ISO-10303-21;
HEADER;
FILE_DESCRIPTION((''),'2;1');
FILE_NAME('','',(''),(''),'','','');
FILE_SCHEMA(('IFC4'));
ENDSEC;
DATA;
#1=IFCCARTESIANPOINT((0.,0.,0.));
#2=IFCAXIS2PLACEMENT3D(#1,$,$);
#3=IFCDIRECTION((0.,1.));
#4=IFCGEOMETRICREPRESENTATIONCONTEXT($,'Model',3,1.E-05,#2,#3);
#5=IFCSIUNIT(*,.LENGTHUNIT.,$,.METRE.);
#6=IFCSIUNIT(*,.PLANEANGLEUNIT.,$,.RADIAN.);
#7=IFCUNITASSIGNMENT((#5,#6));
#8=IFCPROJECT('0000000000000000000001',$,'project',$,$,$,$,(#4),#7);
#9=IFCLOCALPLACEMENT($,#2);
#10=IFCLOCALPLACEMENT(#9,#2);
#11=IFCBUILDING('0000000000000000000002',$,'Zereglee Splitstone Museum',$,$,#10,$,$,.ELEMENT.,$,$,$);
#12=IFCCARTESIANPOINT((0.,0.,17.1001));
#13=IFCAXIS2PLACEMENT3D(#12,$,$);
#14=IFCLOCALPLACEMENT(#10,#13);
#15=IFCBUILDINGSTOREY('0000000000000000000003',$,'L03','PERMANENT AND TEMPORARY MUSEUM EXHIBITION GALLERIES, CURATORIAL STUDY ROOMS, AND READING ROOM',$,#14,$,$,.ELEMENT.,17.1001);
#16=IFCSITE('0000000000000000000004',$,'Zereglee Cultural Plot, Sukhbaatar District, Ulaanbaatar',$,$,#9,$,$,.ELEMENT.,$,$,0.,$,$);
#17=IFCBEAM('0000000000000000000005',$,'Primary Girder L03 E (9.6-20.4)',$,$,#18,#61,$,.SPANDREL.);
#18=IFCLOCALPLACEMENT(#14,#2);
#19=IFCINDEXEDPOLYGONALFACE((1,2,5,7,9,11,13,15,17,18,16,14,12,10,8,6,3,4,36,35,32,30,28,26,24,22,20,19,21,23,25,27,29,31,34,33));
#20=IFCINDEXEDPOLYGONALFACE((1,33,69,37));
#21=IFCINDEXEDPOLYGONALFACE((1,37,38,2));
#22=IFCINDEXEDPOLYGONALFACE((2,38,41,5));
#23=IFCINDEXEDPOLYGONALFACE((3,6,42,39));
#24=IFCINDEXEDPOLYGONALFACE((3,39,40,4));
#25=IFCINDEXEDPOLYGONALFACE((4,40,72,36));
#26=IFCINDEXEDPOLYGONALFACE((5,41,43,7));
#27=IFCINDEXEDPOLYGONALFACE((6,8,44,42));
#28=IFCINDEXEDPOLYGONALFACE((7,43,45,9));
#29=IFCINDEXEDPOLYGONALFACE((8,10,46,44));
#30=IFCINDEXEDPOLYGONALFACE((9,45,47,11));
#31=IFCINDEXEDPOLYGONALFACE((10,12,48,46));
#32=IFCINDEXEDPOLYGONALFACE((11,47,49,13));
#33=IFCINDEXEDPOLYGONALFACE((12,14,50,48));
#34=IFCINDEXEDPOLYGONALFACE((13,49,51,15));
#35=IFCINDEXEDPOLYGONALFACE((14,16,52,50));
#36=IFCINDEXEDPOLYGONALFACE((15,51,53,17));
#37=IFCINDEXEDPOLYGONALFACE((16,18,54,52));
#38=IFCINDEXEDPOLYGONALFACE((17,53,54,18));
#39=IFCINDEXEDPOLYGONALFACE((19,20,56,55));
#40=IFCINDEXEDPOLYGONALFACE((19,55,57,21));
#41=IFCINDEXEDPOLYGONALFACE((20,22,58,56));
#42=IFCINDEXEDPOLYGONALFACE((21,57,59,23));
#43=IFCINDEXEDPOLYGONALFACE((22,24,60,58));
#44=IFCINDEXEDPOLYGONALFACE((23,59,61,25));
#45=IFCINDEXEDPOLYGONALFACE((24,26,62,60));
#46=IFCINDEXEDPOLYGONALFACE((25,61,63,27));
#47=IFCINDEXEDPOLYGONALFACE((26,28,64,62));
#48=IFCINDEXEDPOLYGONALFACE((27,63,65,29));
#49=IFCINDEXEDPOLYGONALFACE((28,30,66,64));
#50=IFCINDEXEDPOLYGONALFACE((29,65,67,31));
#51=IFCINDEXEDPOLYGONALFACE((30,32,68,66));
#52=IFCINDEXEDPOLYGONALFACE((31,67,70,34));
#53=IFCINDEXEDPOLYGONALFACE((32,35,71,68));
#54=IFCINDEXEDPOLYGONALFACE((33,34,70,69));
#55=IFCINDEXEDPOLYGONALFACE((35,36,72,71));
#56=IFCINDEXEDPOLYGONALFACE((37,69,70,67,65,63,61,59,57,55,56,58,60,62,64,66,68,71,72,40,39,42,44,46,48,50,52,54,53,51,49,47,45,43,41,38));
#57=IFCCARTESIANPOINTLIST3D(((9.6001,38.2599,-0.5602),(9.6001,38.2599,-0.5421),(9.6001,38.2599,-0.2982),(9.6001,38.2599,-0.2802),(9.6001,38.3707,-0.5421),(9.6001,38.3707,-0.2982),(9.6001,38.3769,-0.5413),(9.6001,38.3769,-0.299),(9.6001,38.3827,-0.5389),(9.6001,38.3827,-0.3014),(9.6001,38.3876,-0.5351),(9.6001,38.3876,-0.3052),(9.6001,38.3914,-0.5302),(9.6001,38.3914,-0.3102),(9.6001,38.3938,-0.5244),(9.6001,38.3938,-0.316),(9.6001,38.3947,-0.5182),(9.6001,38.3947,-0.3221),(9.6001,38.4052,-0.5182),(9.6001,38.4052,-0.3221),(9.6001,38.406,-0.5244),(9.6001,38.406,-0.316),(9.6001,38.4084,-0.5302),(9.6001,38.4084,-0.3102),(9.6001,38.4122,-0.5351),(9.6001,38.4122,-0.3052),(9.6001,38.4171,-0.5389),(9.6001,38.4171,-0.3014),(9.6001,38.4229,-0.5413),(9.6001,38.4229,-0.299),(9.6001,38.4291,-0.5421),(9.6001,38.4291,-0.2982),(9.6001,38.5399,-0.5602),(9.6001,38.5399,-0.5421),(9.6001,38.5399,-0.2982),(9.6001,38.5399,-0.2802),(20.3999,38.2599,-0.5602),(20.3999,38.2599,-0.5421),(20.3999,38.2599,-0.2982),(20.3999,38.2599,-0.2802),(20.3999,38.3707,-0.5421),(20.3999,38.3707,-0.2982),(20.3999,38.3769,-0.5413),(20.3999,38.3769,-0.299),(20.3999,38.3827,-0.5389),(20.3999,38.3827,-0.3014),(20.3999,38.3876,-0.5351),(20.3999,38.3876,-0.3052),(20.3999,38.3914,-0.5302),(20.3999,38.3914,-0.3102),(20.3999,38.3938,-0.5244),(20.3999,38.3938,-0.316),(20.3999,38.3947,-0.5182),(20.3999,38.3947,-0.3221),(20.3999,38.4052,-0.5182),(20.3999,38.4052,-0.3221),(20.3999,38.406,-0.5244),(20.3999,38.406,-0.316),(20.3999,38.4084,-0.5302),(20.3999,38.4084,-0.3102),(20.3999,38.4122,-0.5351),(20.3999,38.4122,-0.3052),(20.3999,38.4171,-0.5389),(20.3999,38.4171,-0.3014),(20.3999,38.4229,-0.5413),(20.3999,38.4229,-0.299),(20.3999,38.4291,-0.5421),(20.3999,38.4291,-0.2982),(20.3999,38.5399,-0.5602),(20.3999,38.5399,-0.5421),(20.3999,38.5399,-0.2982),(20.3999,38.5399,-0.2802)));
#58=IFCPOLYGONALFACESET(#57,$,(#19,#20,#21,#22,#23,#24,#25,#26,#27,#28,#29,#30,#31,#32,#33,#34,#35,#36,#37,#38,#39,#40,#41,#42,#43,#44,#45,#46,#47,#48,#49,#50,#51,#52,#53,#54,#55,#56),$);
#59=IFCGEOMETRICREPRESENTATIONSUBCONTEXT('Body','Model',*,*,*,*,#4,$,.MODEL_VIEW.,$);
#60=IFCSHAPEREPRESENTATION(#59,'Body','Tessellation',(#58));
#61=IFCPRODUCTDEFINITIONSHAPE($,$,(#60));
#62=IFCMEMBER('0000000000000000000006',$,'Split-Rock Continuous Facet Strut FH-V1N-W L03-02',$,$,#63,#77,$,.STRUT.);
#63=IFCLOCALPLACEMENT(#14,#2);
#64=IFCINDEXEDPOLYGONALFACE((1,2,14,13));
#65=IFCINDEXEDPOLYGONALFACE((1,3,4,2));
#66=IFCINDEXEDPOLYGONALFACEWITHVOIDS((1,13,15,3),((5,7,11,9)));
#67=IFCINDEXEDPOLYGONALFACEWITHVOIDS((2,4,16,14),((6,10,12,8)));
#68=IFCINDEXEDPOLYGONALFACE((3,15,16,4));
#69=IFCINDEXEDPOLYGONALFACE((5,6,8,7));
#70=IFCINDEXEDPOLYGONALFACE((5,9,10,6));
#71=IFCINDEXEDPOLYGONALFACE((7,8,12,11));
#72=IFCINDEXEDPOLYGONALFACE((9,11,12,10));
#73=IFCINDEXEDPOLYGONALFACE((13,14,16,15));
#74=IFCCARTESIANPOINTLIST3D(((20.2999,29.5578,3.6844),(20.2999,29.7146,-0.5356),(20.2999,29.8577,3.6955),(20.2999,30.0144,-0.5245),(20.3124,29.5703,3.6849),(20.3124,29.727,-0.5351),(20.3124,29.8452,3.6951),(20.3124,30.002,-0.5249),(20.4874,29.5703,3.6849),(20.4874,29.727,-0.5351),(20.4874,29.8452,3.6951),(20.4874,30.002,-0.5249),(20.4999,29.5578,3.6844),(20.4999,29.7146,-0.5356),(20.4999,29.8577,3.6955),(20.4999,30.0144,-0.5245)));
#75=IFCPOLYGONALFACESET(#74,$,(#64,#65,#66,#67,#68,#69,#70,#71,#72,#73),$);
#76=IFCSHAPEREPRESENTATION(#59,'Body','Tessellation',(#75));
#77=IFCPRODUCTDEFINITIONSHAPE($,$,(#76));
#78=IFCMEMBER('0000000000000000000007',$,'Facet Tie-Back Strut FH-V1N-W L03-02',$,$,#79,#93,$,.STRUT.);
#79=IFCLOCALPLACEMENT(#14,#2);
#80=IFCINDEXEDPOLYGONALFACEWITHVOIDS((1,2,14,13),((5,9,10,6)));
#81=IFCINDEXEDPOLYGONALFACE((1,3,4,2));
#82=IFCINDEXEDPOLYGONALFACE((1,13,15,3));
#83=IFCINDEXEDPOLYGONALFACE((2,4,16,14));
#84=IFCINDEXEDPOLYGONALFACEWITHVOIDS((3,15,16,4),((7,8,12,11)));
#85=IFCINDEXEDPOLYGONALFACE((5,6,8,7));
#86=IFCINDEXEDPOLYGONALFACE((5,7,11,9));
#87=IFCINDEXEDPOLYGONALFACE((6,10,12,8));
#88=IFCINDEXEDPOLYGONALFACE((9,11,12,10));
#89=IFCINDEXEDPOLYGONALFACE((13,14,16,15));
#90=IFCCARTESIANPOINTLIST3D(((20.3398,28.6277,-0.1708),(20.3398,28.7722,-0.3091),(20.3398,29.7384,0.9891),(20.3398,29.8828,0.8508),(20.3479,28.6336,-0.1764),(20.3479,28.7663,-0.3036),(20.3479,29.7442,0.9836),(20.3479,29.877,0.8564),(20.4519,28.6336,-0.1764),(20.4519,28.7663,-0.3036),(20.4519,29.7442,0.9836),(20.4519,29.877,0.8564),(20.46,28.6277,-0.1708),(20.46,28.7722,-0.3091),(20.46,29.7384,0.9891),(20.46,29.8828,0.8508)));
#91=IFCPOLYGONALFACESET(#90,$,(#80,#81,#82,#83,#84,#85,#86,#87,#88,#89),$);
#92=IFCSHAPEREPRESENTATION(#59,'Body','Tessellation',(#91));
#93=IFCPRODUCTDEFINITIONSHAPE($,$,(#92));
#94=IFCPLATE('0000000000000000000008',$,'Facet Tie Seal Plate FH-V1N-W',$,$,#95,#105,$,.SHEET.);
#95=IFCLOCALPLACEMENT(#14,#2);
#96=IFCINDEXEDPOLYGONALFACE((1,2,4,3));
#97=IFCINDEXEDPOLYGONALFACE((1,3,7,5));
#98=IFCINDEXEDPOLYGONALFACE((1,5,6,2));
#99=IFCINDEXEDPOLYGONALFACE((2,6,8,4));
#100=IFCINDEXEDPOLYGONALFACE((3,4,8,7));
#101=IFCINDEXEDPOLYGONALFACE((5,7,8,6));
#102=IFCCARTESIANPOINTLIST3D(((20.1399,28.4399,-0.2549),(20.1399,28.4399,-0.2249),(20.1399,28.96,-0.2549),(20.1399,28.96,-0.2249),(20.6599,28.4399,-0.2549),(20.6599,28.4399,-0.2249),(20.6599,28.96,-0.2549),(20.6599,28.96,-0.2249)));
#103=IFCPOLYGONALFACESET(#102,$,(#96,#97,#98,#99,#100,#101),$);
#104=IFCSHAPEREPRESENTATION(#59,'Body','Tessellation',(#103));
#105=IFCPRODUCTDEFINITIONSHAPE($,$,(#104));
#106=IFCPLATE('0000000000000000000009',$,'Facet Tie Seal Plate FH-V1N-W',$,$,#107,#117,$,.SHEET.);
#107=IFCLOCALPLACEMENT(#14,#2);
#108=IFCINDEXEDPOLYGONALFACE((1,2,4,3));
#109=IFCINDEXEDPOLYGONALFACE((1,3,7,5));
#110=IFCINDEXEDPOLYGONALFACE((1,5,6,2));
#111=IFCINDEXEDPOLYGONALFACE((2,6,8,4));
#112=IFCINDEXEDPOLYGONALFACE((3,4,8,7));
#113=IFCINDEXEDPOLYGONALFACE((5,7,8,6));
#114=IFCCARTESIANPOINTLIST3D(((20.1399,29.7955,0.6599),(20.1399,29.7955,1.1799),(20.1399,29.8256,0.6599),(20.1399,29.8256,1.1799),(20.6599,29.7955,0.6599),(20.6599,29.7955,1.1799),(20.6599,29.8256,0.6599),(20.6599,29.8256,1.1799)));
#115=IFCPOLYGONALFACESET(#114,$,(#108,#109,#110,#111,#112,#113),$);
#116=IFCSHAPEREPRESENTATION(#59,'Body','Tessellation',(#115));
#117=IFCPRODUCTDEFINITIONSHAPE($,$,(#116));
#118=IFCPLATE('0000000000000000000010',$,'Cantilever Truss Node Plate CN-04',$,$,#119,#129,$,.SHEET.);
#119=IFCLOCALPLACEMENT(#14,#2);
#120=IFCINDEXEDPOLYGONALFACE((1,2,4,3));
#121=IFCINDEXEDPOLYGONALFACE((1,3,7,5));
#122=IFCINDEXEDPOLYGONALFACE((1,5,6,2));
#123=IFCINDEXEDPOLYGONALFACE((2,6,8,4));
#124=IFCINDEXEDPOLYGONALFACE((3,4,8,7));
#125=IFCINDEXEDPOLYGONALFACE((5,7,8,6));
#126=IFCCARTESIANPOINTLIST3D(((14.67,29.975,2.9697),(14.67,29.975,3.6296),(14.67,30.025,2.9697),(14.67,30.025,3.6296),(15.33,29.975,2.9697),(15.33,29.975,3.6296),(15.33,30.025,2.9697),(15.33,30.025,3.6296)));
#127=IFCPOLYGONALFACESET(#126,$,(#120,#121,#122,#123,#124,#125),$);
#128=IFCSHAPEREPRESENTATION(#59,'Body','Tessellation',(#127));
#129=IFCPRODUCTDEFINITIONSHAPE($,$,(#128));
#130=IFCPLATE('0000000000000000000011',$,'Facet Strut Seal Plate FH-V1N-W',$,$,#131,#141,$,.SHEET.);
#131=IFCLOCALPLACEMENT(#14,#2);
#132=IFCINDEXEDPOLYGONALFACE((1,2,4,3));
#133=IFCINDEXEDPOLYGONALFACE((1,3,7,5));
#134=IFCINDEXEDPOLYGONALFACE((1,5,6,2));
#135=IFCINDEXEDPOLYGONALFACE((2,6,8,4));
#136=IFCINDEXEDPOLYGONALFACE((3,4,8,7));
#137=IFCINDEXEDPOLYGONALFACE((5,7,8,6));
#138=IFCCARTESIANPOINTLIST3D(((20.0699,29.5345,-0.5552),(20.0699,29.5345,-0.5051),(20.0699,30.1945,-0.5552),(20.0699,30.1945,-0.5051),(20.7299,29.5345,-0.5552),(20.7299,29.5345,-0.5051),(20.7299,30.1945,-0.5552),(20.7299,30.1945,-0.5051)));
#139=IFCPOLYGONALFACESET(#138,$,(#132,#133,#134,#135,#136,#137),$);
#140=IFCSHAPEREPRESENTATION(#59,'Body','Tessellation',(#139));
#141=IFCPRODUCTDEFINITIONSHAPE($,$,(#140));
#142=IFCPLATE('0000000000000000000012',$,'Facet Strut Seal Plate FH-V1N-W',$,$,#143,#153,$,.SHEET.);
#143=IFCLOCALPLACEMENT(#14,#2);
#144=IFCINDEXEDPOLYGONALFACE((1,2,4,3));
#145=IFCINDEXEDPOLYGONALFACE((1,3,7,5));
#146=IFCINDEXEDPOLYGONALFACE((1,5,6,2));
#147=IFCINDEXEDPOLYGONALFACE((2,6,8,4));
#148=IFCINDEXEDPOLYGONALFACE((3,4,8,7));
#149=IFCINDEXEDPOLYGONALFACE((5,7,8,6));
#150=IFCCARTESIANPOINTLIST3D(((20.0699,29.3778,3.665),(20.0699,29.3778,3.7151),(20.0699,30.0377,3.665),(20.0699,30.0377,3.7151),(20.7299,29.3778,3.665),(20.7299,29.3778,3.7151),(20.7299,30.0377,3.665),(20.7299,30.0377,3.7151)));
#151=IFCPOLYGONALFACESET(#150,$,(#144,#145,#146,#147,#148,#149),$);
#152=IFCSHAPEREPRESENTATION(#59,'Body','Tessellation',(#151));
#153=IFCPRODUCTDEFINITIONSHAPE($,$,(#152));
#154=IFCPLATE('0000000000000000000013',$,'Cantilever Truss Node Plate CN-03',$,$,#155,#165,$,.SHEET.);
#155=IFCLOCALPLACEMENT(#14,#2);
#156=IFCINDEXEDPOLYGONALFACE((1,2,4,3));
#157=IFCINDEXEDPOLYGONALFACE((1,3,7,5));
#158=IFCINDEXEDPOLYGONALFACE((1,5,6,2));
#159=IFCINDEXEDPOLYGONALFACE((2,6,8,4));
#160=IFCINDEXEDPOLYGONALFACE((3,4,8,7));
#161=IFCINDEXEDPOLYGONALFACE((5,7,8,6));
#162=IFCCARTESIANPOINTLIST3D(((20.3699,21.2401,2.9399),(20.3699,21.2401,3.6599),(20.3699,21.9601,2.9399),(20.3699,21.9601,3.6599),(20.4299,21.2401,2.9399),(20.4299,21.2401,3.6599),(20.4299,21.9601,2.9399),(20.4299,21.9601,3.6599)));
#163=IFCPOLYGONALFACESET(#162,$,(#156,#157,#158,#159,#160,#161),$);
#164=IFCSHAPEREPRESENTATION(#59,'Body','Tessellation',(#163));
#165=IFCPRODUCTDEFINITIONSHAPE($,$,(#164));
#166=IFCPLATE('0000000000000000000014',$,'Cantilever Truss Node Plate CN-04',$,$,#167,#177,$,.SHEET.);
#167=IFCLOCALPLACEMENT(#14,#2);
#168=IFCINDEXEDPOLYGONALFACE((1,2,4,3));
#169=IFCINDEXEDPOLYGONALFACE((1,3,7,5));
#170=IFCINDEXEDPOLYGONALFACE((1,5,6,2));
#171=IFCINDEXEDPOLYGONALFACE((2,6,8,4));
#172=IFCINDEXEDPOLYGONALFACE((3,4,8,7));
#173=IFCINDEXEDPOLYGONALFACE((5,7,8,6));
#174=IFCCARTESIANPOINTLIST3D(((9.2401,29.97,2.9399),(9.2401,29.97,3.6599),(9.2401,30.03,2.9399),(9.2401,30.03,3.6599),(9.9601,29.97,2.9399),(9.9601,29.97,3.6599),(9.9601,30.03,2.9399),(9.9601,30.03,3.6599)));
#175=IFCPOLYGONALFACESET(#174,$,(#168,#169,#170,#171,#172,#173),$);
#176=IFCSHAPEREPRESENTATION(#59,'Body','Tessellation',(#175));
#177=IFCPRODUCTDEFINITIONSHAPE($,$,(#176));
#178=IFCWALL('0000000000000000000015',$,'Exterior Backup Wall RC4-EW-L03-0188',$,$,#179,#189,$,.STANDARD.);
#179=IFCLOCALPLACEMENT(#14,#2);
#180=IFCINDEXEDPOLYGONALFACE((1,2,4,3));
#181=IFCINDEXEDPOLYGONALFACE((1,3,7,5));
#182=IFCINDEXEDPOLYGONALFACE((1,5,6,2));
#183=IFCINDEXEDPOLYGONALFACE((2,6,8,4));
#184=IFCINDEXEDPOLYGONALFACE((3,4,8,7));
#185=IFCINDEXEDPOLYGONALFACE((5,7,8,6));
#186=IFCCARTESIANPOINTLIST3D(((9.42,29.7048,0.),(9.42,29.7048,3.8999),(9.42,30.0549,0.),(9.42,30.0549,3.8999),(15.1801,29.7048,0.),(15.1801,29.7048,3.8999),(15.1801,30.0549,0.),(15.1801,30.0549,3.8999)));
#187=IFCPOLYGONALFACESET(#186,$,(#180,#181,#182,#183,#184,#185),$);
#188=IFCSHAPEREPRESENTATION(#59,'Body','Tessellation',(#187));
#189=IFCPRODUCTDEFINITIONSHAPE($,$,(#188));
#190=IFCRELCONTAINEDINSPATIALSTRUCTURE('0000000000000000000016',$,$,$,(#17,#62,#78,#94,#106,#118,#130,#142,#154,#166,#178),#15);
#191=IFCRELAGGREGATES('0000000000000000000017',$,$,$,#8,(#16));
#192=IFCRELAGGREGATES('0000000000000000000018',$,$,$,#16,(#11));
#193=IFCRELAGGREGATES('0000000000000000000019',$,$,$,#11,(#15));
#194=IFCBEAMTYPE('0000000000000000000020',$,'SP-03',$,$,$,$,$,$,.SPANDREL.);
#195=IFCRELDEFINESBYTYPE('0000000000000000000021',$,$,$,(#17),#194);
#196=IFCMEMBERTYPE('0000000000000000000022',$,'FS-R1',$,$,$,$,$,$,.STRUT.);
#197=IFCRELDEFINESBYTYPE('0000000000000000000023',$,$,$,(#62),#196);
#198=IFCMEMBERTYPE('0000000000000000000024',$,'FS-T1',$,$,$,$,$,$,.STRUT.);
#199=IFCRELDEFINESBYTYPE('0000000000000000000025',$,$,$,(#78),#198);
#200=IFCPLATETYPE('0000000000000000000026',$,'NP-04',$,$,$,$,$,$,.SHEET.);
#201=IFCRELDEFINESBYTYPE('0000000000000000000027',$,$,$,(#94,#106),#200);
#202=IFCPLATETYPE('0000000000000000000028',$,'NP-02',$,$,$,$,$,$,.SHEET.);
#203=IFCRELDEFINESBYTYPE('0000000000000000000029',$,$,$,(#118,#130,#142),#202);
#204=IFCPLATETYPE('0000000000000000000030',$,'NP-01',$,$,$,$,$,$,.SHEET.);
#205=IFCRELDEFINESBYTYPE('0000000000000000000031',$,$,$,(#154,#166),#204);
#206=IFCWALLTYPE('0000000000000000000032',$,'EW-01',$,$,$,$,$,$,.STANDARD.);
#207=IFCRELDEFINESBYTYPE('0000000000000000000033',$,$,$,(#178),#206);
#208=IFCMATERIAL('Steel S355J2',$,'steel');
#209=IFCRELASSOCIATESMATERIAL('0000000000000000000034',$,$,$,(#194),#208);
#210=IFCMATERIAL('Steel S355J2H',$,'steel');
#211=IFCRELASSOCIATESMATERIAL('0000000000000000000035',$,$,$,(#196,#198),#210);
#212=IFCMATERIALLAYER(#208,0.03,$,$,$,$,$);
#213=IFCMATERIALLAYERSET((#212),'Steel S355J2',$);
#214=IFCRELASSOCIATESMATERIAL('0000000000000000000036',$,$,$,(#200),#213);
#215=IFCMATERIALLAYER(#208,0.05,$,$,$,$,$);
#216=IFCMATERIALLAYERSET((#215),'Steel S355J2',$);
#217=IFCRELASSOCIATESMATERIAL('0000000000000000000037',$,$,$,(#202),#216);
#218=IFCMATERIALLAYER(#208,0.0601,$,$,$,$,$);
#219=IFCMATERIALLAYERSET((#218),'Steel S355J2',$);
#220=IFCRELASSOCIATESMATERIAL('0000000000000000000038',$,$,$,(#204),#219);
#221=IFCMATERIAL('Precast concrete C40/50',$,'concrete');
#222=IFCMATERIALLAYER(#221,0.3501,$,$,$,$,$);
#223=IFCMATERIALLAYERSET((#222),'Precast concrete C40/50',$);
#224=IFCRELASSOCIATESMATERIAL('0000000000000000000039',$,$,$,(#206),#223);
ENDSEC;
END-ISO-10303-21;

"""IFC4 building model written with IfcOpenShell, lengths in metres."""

from ifc_helpers import new_model, si_unit, direction, frame, frame_2d, origin, origin_2d, place, context, subcontext, project, spatial, rectangle, hollow_rectangle, i_section, extrude, material, layer, layer_set, material_profile, profile_set, type_object, element, save


model = new_model("IFC4")

# Units and contexts
model_context = context("Model", 3, precision=1e-05, world=origin(), true_north=direction((0.0, 1.0)))
body_context = subcontext(model_context, "Body", "Model", "MODEL_VIEW")
ifc_project = project(units=[si_unit("LENGTHUNIT", "METRE"), si_unit("PLANEANGLEUNIT", "RADIAN")], contexts=[model_context])

# Site, building, storey
site_placement = place(None, origin())
site = spatial("IfcSite", under=ifc_project, at=site_placement, Name="Zereglee Cultural Plot, Sukhbaatar District, Ulaanbaatar", CompositionType="ELEMENT", RefElevation=0.0)
building_placement = place(site_placement, origin())
building = spatial("IfcBuilding", under=site, at=building_placement, Name="Zereglee Splitstone Museum", CompositionType="ELEMENT")
storey_placement = place(building_placement, frame((0.0, 0.0, 17.1001)))
storey = spatial("IfcBuildingStorey", under=building, at=storey_placement, Name="L03", Description="PERMANENT AND TEMPORARY MUSEUM EXHIBITION GALLERIES, CURATORIAL STUDY ROOMS, AND READING ROOM", CompositionType="ELEMENT", Elevation=17.1001)

# Shared definitions
ifc_material_1 = material(Name="Steel S355J2H", Category="steel")

# Shared definitions
ifc_material_2 = material(Name="Steel S355J2", Category="steel")

# Beam
ifc_material_profile_1 = material_profile(ifc_material_2, i_section(OverallWidth=0.28, OverallDepth=0.28, WebThickness=0.0105, FlangeThickness=0.0181, FilletRadius=0.0239, at=origin_2d()), Name="HE 280 B")
ifc_profile_set_1 = profile_set([ifc_material_profile_1], Name="Steel S355J2")
beam_type_1 = type_object("IfcBeamType", Name="SP-03", PredefinedType="SPANDREL", material=ifc_profile_set_1)
beam_1_placement = place(storey_placement, frame((9.6001, 38.3999, -0.4202), z_axis=(1.0, 0.0, 0.0), x_axis=(0.0, 1.0, 0.0)))
element("IfcBeam", 1, at=beam_1_placement, inside=storey, type_object=beam_type_1, Name="Primary Girder L03 E (9.6-20.4)", PredefinedType="SPANDREL", context=body_context, shape_type="SweptSolid", body=[
    extrude(i_section(OverallWidth=0.28, OverallDepth=0.28, WebThickness=0.0105, FlangeThickness=0.0181, FilletRadius=0.0239, at=origin_2d()), origin(), (0.0, 0.0, 1.0), 10.7998),
])

# Members
ifc_material_profile_2 = material_profile(ifc_material_1, hollow_rectangle(XDim=0.2, YDim=0.3, WallThickness=0.0125, at=origin_2d()), Name="RHS 300x200x12.5")
ifc_profile_set_2 = profile_set([ifc_material_profile_2], Name="Steel S355J2H")
member_type_1 = type_object("IfcMemberType", Name="FS-R1", PredefinedType="STRUT", material=ifc_profile_set_2)
member_1_placement = place(storey_placement, frame((20.3999, 29.8645, -0.53), z_axis=(0.0, -0.037116, 0.999311), x_axis=(1.0, 0.0, 0.0)))
element("IfcMember", 2, at=member_1_placement, inside=storey, type_object=member_type_1, Name="Split-Rock Continuous Facet Strut FH-V1N-W L03-02", PredefinedType="STRUT", context=body_context, shape_type="SweptSolid", body=[
    extrude(hollow_rectangle(XDim=0.2, YDim=0.3, WallThickness=0.0125, at=origin_2d()), origin(), (0.0, 0.0, 1.0), 4.2229),
])
ifc_material_profile_3 = material_profile(ifc_material_1, hollow_rectangle(XDim=0.1201, YDim=0.2, WallThickness=0.0081, at=origin_2d()), Name="RHS 200x120x8")
ifc_profile_set_3 = profile_set([ifc_material_profile_3], Name="Steel S355J2H")
member_type_2 = type_object("IfcMemberType", Name="FS-T1", PredefinedType="STRUT", material=ifc_profile_set_3)
member_2_placement = place(storey_placement, frame((20.3999, 28.7, -0.24), z_axis=(0.0, 0.691585, 0.722295), x_axis=(-1.0, 0.0, 0.0)))
element("IfcMember", 3, at=member_2_placement, inside=storey, type_object=member_type_2, Name="Facet Tie-Back Strut FH-V1N-W L03-02", PredefinedType="STRUT", context=body_context, shape_type="SweptSolid", body=[
    extrude(hollow_rectangle(XDim=0.1201, YDim=0.2, WallThickness=0.0081, at=origin_2d()), origin(), (0.0, 0.0, 1.0), 1.606),
])

# Plates
ifc_layer_1 = layer(ifc_material_2, 0.03)
ifc_layer_set_1 = layer_set([ifc_layer_1], Name="Steel S355J2")
plate_type_1 = type_object("IfcPlateType", Name="NP-04", PredefinedType="SHEET", material=ifc_layer_set_1)
plate_1_placement = place(storey_placement, frame((20.3999, 28.7, -0.2549), z_axis=(0.0, 0.0, 1.0), x_axis=(1.0, 0.0, 0.0)))
element("IfcPlate", 4, at=plate_1_placement, inside=storey, type_object=plate_type_1, Name="Facet Tie Seal Plate FH-V1N-W", PredefinedType="SHEET", context=body_context, shape_type="SweptSolid", body=[
    extrude(rectangle(XDim=0.52, YDim=0.52, at=origin_2d()), origin(), (0.0, 0.0, 1.0), 0.03),
])
plate_2_placement = place(storey_placement, frame((20.3999, 29.8105, 0.6599), z_axis=(0.0, 0.0, 1.0), x_axis=(1.0, 0.0, 0.0)))
element("IfcPlate", 5, at=plate_2_placement, inside=storey, type_object=plate_type_1, Name="Facet Tie Seal Plate FH-V1N-W", PredefinedType="SHEET", context=body_context, shape_type="SweptSolid", body=[
    extrude(rectangle(XDim=0.52, YDim=0.03, at=origin_2d()), origin(), (0.0, 0.0, 1.0), 0.52),
])
ifc_layer_2 = layer(ifc_material_2, 0.05)
ifc_layer_set_2 = layer_set([ifc_layer_2], Name="Steel S355J2")
plate_type_2 = type_object("IfcPlateType", Name="NP-02", PredefinedType="SHEET", material=ifc_layer_set_2)
plate_3_placement = place(storey_placement, frame((15.0, 30.0, 2.9697), z_axis=(0.0, 0.0, 1.0), x_axis=(1.0, 0.0, 0.0)))
element("IfcPlate", 6, at=plate_3_placement, inside=storey, type_object=plate_type_2, Name="Cantilever Truss Node Plate CN-04", PredefinedType="SHEET", context=body_context, shape_type="SweptSolid", body=[
    extrude(rectangle(XDim=0.6599, YDim=0.05, at=origin_2d()), origin(), (0.0, 0.0, 1.0), 0.6599),
])
for number, where, z_axis, x_axis, name in (
    (7, (20.3999, 29.8645, -0.5552), (0.0, 0.0, 1.0), (1.0, 0.0, 0.0), "Facet Strut Seal Plate FH-V1N-W"),
    (8, (20.3999, 29.7078, 3.665), (0.0, 0.0, 1.0), (1.0, 0.0, 0.0), "Facet Strut Seal Plate FH-V1N-W"),
):
    element("IfcPlate", number, at=place(storey_placement, frame(where, z_axis=z_axis, x_axis=x_axis)), inside=storey, type_object=plate_type_2, Name=name, PredefinedType="SHEET", context=body_context, shape_type="SweptSolid", body=[
        extrude(rectangle(XDim=0.6599, YDim=0.6599, at=origin_2d()), origin(), (0.0, 0.0, 1.0), 0.05),
    ])
ifc_layer_3 = layer(ifc_material_2, 0.0601)
ifc_layer_set_3 = layer_set([ifc_layer_3], Name="Steel S355J2")
plate_type_3 = type_object("IfcPlateType", Name="NP-01", PredefinedType="SHEET", material=ifc_layer_set_3)
plate_4_placement = place(storey_placement, frame((20.3999, 21.6001, 2.9399), z_axis=(0.0, 0.0, 1.0), x_axis=(1.0, 0.0, 0.0)))
element("IfcPlate", 9, at=plate_4_placement, inside=storey, type_object=plate_type_3, Name="Cantilever Truss Node Plate CN-03", PredefinedType="SHEET", context=body_context, shape_type="SweptSolid", body=[
    extrude(rectangle(XDim=0.0601, YDim=0.72, at=origin_2d()), origin(), (0.0, 0.0, 1.0), 0.72),
])
plate_5_placement = place(storey_placement, frame((9.6001, 30.0, 2.9399), z_axis=(0.0, 0.0, 1.0), x_axis=(1.0, 0.0, 0.0)))
element("IfcPlate", 10, at=plate_5_placement, inside=storey, type_object=plate_type_3, Name="Cantilever Truss Node Plate CN-04", PredefinedType="SHEET", context=body_context, shape_type="SweptSolid", body=[
    extrude(rectangle(XDim=0.72, YDim=0.0601, at=origin_2d()), origin(), (0.0, 0.0, 1.0), 0.72),
])

# Wall
ifc_material_3 = material(Name="Precast concrete C40/50", Category="concrete")
ifc_layer_4 = layer(ifc_material_3, 0.3501)
ifc_layer_set_4 = layer_set([ifc_layer_4], Name="Precast concrete C40/50")
wall_type = type_object("IfcWallType", Name="EW-01", PredefinedType="STANDARD", material=ifc_layer_set_4)
wall_1_placement = place(storey_placement, frame((15.1799, 29.8799, 0.0), z_axis=(0.0, 0.0, 1.0), x_axis=(-1.0, 0.0, 0.0)))
element("IfcWall", 11, at=wall_1_placement, inside=storey, type_object=wall_type, Name="Exterior Backup Wall RC4-EW-L03-0188", PredefinedType="STANDARD", context=body_context, shape_type="SweptSolid", body=[
    extrude(rectangle(XDim=5.76, YDim=0.3501, at=frame_2d((2.8799, 0.0))), origin(), (0.0, 0.0, 1.0), 3.8999),
])

save(model, "model.ifc")
